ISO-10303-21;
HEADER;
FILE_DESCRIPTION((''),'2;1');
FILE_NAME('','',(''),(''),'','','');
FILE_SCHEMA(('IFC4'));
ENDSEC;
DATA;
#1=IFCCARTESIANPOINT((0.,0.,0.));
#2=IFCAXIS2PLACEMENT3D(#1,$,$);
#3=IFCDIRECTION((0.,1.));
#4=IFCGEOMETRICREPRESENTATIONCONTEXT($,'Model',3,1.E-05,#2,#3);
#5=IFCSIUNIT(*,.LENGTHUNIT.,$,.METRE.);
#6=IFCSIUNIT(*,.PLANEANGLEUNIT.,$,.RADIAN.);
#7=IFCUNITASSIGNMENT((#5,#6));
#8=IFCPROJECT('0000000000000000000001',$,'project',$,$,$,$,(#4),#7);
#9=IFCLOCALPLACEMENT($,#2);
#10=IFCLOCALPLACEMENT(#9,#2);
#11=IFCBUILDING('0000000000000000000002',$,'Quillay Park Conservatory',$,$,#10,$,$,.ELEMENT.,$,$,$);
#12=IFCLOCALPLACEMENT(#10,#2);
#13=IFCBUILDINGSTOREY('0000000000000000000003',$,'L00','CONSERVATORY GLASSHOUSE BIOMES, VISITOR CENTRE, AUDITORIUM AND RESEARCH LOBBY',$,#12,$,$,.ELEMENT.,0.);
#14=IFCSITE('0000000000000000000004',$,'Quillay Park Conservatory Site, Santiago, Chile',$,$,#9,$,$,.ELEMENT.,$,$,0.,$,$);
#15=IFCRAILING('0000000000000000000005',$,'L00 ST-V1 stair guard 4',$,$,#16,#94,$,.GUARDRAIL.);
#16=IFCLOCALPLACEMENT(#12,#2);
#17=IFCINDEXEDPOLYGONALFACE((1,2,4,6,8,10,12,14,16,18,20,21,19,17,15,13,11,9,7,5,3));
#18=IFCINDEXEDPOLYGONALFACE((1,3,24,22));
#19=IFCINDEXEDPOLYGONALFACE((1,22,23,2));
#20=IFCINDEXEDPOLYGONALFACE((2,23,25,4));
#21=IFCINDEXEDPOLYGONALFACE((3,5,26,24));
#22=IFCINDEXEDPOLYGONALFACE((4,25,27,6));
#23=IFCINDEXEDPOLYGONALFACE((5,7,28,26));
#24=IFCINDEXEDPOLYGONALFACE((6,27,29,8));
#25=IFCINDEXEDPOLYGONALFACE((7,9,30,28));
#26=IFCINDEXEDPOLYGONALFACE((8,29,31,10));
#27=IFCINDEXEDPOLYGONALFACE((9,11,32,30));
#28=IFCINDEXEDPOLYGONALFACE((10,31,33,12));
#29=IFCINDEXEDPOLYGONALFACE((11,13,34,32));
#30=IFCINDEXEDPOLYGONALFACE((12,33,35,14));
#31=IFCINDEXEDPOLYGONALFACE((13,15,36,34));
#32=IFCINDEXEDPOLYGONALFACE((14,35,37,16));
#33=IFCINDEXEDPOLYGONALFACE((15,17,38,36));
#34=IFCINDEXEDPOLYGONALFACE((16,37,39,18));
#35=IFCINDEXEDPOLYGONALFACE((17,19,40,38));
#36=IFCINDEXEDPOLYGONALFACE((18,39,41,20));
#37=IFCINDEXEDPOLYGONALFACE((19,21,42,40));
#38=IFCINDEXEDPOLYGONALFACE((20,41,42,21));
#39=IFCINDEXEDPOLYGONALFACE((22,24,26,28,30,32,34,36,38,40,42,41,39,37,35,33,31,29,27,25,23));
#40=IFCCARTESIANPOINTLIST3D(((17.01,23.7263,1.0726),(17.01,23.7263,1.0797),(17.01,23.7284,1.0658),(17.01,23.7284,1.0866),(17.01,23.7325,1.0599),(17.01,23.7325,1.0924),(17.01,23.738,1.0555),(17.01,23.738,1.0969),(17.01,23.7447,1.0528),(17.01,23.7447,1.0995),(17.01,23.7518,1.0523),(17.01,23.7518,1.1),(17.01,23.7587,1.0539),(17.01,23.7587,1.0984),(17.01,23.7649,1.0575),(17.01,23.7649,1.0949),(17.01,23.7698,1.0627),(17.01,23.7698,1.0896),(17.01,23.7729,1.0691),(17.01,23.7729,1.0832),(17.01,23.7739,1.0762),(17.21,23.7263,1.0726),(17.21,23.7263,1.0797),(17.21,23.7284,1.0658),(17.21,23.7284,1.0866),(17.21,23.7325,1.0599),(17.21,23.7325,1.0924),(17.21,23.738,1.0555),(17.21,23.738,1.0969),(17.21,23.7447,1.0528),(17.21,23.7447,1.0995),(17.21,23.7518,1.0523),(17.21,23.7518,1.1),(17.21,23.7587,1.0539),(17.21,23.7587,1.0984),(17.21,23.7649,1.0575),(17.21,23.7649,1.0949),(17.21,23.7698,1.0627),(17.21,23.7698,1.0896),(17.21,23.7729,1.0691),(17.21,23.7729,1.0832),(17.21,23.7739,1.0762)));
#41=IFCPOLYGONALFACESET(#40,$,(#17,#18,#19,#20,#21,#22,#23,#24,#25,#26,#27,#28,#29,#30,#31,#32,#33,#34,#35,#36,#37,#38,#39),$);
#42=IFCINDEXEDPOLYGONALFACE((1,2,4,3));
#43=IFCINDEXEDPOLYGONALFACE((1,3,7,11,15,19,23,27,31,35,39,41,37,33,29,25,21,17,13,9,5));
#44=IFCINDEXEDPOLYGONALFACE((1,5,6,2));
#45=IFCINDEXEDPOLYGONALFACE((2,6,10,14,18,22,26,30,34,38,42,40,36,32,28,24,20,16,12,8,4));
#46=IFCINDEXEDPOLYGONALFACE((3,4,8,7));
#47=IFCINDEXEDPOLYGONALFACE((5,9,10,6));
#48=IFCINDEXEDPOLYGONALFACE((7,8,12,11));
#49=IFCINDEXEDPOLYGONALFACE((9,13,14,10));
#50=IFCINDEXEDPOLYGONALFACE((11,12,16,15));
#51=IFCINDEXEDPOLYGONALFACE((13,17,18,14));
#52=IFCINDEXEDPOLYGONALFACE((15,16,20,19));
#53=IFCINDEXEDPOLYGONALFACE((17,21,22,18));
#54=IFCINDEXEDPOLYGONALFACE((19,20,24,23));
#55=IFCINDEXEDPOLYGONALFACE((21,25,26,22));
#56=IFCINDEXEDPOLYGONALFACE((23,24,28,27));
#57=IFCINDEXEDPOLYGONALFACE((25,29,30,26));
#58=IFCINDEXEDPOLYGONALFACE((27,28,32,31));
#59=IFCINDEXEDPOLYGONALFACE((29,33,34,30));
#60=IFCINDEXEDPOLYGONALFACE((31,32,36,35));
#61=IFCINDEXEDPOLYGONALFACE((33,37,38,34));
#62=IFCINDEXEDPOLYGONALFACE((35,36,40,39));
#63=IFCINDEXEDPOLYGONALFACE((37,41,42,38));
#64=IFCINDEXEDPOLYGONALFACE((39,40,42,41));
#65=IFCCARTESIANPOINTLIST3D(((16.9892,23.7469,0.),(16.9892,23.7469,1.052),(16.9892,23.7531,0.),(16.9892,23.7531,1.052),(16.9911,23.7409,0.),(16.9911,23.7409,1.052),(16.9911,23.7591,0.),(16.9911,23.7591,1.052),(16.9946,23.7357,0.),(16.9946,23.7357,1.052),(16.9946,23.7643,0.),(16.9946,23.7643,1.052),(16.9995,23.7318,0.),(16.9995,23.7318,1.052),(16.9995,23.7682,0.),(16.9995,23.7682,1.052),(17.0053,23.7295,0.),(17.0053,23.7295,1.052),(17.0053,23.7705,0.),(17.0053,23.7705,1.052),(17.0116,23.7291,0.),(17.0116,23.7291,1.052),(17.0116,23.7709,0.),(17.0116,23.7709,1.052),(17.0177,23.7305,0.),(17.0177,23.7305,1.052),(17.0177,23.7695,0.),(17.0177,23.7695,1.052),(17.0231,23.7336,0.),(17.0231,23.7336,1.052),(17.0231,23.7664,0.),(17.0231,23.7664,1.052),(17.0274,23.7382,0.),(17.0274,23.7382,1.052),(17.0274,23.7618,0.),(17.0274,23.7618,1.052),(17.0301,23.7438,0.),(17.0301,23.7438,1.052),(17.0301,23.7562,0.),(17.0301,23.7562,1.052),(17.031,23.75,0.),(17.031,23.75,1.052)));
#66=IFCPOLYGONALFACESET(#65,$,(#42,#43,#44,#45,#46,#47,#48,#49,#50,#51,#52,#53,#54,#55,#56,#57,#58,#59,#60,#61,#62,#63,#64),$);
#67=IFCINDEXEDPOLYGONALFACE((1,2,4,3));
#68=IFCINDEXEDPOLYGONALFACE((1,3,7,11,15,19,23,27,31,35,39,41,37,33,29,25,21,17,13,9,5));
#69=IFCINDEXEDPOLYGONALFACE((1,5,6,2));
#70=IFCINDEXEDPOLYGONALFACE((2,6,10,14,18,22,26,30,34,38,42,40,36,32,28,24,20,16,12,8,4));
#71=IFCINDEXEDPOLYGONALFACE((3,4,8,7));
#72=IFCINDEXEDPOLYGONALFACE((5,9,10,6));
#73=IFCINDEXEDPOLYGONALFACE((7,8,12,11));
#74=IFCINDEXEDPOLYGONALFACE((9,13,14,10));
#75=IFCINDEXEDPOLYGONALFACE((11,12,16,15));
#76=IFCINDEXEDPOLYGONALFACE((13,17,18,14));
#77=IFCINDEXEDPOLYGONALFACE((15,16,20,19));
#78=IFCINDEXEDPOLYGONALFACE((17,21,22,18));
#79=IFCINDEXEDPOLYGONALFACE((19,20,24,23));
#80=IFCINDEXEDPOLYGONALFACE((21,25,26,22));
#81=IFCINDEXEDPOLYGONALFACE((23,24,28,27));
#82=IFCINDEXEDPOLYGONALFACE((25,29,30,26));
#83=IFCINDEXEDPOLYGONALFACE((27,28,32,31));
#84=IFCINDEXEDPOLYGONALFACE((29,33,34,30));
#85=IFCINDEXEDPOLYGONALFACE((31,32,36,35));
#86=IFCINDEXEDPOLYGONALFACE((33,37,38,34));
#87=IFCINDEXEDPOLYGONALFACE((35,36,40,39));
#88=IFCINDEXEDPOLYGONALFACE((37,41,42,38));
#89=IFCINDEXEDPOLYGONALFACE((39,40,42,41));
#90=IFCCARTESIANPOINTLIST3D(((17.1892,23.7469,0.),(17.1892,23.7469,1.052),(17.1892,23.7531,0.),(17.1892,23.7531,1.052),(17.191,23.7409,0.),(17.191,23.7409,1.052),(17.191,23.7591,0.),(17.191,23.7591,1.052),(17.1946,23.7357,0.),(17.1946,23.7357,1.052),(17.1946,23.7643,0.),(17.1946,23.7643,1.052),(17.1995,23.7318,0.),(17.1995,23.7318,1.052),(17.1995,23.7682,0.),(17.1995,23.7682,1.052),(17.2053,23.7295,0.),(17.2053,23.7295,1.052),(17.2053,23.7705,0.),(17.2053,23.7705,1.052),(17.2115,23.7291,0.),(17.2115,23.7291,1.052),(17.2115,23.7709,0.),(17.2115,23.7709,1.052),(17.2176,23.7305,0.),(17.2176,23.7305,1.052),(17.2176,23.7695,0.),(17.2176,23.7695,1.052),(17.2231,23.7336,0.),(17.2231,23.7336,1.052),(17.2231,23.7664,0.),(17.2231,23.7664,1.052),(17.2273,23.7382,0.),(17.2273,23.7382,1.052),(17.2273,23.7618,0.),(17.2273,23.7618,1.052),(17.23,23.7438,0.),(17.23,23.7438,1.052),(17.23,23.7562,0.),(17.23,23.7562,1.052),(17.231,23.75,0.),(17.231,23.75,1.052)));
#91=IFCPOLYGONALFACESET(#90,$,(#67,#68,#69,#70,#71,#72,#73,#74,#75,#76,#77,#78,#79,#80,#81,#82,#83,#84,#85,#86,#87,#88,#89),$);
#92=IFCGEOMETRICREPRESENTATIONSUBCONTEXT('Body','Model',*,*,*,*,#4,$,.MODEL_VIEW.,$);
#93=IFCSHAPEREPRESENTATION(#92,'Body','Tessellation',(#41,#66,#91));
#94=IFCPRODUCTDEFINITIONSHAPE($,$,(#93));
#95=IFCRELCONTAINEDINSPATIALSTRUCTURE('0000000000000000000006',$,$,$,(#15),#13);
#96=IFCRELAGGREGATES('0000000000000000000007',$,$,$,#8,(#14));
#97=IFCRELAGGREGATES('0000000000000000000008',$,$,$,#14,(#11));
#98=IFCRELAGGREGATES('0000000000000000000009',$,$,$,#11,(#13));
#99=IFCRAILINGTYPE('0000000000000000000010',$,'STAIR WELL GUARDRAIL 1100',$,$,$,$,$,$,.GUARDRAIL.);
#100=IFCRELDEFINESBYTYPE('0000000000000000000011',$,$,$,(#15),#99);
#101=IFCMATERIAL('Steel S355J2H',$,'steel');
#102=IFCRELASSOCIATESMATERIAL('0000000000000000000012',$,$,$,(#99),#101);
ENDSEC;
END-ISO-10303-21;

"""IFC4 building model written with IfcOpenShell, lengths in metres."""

from ifc_helpers import new_model, si_unit, direction, frame, origin, origin_2d, place, context, subcontext, project, spatial, circle, extrude, material, type_object, element, save


model = new_model("IFC4")

# Units and contexts
model_context = context("Model", 3, precision=1e-05, world=origin(), true_north=direction((0.0, 1.0)))
body_context = subcontext(model_context, "Body", "Model", "MODEL_VIEW")
ifc_project = project(units=[si_unit("LENGTHUNIT", "METRE"), si_unit("PLANEANGLEUNIT", "RADIAN")], contexts=[model_context])

# Site, building, storey
site_placement = place(None, origin())
site = spatial("IfcSite", under=ifc_project, at=site_placement, Name="Quillay Park Conservatory Site, Santiago, Chile", CompositionType="ELEMENT", RefElevation=0.0)
building_placement = place(site_placement, origin())
building = spatial("IfcBuilding", under=site, at=building_placement, Name="Quillay Park Conservatory", CompositionType="ELEMENT")
storey_placement = place(building_placement, origin())
storey = spatial("IfcBuildingStorey", under=building, at=storey_placement, Name="L00", Description="CONSERVATORY GLASSHOUSE BIOMES, VISITOR CENTRE, AUDITORIUM AND RESEARCH LOBBY", CompositionType="ELEMENT", Elevation=0.0)

# Railing
ifc_material_1 = material(Name="Steel S355J2H", Category="steel")
railing_type_1 = type_object("IfcRailingType", Name="STAIR WELL GUARDRAIL 1100", PredefinedType="GUARDRAIL", material=ifc_material_1)
railing_1_placement = place(storey_placement, frame((17.01, 23.75, 0.0)))
element("IfcRailing", 1, at=railing_1_placement, inside=storey, type_object=railing_type_1, Name="L00 ST-V1 stair guard 4", PredefinedType="GUARDRAIL", context=body_context, shape_type="SweptSolid", body=[
    extrude(circle(Radius=0.0239, at=origin_2d()), frame((0.0, 0.0, 1.0762), z_axis=(1.0, 0.0, 0.0), x_axis=(0.0, 1.0, 0.0)), (0.0, 0.0, 1.0), 0.2),
    extrude(circle(Radius=0.021, at=origin_2d()), origin(), (0.0, 0.0, 1.0), 1.052),
    extrude(circle(Radius=0.021, at=origin_2d()), frame((0.2, 0.0, 0.0)), (0.0, 0.0, 1.0), 1.052),
])

save(model, "model.ifc")
